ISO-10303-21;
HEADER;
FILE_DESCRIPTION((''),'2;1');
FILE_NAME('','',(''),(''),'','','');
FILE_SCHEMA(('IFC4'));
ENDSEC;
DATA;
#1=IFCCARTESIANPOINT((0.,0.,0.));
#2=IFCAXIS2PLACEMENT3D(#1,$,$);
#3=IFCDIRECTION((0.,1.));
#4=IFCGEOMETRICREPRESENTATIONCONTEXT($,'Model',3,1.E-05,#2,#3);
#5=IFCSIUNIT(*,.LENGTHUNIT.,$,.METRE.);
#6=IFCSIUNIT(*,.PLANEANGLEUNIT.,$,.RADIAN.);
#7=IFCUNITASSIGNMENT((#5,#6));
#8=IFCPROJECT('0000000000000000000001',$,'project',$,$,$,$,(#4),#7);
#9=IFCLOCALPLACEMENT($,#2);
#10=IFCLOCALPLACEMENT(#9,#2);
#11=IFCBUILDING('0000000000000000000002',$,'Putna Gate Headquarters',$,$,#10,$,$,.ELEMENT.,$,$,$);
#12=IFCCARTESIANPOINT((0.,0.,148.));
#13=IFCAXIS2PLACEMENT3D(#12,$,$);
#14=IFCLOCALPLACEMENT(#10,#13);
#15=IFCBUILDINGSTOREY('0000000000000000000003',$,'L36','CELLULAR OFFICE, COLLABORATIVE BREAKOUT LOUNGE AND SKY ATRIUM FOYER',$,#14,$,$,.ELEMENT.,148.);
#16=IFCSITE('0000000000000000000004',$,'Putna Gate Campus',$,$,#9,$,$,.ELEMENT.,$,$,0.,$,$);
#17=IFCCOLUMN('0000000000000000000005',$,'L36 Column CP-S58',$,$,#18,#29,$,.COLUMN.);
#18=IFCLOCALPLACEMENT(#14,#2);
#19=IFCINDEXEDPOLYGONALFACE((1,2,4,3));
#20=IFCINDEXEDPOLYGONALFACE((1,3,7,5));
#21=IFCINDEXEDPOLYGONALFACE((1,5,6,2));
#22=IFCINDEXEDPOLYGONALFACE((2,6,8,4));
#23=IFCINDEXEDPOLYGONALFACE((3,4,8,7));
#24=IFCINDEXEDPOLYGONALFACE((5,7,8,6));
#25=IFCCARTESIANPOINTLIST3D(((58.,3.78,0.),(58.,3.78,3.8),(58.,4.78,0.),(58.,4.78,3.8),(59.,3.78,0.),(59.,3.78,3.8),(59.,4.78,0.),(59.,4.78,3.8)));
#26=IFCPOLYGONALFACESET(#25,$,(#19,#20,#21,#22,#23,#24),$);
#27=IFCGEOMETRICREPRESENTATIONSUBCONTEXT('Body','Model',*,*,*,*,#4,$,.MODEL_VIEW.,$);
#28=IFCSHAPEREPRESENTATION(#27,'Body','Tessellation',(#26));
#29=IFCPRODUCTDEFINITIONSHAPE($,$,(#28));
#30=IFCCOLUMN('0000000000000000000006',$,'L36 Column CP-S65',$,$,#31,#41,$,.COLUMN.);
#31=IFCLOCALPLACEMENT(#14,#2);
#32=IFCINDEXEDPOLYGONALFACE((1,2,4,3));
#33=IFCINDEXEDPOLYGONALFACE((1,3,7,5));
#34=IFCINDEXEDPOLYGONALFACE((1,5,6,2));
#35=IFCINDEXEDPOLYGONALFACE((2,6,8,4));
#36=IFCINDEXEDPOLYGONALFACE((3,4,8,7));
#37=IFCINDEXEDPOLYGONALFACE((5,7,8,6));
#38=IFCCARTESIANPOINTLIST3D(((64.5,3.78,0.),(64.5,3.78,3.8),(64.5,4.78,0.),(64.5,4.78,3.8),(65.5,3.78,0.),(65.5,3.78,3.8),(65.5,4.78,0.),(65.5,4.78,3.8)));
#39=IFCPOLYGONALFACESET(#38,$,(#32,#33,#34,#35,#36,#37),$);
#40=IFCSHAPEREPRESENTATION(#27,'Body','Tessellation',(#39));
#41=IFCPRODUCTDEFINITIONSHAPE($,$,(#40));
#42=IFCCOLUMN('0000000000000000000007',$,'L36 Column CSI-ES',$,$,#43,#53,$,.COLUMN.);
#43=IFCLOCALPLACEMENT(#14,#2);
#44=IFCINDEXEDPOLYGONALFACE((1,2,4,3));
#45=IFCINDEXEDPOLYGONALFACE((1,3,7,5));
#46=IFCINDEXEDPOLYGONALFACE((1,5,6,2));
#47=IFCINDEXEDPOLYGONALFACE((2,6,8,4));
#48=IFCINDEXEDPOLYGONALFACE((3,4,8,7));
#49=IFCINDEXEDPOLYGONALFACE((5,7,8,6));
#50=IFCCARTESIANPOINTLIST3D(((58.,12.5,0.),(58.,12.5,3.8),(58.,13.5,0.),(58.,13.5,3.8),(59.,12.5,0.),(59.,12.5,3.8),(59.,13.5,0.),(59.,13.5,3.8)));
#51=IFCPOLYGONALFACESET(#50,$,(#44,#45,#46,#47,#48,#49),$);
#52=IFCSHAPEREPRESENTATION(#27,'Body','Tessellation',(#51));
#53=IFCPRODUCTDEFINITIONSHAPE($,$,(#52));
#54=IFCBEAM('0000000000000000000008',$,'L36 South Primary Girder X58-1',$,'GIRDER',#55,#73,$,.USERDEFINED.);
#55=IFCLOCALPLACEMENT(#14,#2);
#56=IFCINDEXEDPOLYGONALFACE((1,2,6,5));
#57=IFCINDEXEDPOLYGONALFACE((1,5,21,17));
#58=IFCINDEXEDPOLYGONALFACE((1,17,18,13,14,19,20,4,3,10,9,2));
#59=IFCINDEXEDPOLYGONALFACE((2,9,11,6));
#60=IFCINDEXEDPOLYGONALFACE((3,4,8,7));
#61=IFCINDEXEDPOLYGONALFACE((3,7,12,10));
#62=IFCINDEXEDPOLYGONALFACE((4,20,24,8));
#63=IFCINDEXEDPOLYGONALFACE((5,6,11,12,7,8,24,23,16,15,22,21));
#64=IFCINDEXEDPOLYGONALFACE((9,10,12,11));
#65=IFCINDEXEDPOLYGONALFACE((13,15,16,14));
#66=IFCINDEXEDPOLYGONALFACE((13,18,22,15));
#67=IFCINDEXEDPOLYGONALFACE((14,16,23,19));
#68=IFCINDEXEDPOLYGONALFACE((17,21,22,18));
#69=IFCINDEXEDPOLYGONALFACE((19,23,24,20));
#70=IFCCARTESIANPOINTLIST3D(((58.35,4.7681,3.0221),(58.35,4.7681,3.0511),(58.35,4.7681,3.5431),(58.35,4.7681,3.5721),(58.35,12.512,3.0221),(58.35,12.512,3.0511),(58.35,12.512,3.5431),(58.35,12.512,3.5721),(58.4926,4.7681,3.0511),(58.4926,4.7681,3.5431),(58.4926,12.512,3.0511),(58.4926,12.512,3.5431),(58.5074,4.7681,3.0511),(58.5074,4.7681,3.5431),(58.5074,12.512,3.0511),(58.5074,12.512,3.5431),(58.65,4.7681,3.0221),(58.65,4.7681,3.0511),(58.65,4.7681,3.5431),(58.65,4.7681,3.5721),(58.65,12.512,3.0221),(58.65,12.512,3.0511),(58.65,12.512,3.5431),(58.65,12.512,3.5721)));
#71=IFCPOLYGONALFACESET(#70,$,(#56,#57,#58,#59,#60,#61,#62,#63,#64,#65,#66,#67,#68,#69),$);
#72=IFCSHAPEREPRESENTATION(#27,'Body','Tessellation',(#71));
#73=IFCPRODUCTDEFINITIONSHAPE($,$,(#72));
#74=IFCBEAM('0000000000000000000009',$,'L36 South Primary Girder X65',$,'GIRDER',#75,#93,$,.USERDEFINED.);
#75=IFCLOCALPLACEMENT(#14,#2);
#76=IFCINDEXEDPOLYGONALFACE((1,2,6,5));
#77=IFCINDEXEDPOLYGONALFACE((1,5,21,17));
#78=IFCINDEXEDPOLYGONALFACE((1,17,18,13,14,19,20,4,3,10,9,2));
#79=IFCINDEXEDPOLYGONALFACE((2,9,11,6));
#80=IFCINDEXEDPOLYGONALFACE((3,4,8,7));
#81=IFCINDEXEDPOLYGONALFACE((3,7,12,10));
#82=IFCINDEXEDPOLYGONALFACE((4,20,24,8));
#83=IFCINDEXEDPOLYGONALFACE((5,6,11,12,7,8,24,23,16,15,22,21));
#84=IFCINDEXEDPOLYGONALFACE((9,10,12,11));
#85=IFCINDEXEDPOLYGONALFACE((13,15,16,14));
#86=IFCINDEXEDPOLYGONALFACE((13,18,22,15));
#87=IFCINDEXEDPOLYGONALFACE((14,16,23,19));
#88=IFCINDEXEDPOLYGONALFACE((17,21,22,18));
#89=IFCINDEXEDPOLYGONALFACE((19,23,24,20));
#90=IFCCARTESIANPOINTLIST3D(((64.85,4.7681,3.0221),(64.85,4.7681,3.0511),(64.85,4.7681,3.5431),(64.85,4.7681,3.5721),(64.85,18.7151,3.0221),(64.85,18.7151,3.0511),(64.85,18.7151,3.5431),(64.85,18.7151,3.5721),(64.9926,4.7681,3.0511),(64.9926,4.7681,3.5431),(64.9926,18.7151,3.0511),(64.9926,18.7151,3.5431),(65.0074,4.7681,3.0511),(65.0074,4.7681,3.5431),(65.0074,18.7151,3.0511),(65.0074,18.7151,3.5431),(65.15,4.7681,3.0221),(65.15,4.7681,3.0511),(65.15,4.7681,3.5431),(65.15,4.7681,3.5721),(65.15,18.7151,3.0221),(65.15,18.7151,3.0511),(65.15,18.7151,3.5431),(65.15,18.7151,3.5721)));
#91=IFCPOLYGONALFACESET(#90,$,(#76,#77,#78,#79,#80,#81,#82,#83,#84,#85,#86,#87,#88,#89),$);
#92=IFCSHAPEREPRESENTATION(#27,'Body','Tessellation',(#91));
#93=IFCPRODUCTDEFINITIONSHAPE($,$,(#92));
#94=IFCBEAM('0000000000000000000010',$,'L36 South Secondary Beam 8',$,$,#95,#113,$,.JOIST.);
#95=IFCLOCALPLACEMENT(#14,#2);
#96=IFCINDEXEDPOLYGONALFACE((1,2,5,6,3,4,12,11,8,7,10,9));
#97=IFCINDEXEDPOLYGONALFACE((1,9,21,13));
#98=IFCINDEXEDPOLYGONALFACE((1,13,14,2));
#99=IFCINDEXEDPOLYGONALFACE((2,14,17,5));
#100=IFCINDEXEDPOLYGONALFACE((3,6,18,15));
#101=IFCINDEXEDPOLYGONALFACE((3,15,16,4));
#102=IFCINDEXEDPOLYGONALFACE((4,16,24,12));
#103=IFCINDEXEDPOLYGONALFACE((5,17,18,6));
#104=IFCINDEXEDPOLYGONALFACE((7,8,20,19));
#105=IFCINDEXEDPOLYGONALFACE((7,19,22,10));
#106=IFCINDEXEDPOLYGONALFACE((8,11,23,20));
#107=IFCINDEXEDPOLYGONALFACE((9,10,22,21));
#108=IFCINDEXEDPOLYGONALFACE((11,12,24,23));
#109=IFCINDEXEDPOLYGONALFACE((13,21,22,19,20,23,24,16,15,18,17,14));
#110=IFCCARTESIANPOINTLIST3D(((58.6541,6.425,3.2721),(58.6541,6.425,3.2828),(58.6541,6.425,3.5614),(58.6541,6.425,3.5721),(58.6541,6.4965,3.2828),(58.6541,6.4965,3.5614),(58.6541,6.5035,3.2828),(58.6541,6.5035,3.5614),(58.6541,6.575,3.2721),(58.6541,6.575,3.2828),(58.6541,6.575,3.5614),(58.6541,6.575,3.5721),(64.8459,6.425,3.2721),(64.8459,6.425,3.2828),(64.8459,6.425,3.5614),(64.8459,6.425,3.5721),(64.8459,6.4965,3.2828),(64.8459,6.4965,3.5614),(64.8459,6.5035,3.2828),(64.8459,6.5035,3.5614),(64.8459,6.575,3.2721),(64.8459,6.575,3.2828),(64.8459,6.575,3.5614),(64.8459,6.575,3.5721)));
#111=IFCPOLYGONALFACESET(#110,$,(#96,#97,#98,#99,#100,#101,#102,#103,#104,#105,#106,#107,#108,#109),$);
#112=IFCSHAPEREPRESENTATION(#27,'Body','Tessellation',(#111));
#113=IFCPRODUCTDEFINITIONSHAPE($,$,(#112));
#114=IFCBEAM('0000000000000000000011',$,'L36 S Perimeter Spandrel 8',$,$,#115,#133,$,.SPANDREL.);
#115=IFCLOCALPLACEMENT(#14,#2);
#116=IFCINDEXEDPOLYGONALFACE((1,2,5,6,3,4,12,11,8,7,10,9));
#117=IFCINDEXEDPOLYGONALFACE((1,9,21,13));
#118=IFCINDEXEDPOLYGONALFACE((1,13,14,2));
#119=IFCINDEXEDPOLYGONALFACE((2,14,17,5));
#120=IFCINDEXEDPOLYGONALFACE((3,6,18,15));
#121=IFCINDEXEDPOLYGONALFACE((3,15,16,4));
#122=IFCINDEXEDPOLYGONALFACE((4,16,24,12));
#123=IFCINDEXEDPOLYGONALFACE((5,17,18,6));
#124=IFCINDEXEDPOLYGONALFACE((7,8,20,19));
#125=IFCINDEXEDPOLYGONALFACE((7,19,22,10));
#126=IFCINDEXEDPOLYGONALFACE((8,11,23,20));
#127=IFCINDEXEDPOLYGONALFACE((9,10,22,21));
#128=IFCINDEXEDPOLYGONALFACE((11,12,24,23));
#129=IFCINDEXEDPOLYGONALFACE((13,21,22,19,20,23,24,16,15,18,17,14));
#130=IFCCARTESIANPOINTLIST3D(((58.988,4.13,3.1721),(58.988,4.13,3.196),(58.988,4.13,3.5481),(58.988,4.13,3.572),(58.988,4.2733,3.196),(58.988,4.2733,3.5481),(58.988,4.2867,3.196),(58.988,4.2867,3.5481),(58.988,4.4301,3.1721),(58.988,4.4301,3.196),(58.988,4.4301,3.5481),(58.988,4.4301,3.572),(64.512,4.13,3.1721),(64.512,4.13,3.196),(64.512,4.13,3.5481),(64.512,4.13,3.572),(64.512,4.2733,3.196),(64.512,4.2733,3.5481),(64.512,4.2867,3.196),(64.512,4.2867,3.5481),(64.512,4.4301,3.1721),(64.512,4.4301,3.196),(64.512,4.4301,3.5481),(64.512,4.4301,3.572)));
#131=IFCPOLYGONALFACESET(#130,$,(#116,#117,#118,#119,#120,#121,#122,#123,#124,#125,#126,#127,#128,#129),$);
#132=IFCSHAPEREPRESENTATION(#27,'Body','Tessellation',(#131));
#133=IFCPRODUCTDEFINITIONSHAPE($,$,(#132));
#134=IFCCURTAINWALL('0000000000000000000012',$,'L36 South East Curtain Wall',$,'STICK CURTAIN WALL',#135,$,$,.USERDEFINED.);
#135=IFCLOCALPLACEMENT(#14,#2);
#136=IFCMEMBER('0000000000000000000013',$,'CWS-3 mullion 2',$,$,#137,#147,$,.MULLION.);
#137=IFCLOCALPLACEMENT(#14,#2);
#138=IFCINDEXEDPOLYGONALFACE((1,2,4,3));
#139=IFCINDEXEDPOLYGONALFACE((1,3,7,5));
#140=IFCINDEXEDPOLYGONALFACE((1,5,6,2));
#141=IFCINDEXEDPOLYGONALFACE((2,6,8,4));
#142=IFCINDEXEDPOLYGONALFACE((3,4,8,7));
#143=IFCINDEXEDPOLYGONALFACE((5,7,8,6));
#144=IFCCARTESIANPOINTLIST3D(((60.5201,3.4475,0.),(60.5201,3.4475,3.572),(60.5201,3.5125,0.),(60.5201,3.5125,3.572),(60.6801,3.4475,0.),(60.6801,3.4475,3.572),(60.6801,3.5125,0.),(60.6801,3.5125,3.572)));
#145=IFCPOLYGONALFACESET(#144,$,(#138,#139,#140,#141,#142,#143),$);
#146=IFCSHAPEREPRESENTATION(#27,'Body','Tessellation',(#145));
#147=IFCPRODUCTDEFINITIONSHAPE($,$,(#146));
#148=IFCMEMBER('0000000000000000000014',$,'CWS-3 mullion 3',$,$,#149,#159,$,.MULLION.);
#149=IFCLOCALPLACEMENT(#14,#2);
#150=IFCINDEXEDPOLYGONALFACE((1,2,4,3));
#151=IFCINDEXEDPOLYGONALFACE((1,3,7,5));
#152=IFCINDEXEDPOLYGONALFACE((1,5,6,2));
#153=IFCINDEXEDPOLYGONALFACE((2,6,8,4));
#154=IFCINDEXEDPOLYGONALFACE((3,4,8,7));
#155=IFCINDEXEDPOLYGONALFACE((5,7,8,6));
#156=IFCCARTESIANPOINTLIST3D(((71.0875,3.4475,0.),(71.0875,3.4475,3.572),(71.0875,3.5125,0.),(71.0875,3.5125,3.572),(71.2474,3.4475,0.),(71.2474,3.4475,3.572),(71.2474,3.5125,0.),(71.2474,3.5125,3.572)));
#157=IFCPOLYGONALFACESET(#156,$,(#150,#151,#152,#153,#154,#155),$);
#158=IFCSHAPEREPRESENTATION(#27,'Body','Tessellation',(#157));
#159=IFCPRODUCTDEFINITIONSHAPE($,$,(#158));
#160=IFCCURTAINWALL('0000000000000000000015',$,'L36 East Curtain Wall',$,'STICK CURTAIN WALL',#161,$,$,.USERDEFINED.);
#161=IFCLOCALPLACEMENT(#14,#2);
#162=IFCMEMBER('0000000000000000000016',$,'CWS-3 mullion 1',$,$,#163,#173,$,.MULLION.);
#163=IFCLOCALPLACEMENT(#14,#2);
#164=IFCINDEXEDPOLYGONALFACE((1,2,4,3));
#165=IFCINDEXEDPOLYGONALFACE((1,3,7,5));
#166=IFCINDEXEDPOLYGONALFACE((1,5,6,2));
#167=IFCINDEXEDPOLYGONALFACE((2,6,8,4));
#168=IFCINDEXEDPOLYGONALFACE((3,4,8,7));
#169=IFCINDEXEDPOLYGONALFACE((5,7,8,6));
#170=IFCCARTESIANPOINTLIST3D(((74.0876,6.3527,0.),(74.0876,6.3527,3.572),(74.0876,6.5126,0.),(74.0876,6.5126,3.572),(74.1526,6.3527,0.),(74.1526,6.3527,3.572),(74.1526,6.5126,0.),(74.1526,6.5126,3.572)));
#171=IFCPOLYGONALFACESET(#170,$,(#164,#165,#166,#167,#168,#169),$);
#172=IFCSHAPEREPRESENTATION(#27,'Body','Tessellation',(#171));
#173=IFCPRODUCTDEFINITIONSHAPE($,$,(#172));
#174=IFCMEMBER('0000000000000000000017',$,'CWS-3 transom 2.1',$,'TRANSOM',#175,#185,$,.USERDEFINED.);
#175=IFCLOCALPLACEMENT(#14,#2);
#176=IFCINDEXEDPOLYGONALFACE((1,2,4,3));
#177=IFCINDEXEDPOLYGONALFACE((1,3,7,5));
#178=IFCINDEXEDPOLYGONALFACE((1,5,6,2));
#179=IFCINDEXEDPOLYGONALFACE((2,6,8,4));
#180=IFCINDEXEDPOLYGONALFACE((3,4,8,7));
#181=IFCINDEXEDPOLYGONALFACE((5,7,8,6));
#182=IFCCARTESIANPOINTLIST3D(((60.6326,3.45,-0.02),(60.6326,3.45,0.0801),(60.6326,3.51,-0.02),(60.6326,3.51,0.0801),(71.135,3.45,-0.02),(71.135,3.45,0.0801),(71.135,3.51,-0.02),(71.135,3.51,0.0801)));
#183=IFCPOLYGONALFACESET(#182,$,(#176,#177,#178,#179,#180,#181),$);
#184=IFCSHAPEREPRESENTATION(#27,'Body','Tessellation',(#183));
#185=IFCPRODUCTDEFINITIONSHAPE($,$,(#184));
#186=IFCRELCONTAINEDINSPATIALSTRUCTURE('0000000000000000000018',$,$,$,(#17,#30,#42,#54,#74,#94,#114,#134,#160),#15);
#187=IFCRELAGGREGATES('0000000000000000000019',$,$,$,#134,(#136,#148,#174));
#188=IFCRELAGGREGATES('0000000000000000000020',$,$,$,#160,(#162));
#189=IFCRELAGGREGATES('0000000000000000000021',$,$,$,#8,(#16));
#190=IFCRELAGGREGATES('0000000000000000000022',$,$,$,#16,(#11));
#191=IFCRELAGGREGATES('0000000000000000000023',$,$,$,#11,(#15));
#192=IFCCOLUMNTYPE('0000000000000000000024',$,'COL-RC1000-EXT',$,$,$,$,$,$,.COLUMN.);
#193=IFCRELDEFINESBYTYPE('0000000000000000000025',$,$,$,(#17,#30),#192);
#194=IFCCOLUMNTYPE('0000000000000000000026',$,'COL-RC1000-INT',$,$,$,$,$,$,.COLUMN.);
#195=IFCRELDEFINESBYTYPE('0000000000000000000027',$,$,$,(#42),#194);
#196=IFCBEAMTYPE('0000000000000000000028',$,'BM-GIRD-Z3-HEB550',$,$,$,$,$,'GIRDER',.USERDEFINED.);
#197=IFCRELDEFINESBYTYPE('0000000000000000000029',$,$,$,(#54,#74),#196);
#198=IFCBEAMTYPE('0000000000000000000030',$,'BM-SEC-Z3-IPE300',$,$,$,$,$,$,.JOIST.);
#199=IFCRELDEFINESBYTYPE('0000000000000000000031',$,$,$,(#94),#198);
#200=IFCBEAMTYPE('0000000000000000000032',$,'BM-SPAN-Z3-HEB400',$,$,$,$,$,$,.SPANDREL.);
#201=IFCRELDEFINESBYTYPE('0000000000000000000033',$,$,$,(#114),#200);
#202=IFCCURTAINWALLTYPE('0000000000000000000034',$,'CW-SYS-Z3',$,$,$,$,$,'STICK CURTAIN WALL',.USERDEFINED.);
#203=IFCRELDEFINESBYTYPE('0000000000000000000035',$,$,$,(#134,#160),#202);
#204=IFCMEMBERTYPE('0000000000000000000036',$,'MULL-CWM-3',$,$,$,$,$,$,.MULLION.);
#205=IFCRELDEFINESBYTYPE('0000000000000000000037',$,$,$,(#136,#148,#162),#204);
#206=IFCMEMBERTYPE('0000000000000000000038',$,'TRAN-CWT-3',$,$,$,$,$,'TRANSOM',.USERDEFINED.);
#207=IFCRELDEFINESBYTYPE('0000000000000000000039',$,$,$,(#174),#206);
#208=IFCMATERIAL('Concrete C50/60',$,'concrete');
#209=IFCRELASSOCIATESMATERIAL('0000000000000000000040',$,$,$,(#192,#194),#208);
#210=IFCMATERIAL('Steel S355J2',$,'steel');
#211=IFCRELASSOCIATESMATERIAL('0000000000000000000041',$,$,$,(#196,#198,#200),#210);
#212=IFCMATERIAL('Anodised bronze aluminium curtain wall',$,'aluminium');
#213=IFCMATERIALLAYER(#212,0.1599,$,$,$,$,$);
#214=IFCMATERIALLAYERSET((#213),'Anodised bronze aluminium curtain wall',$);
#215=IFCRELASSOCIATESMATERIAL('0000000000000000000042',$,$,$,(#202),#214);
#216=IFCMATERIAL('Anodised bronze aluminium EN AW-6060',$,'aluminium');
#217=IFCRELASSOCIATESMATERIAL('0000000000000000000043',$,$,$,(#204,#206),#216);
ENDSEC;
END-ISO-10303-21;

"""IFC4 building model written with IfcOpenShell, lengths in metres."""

from ifc_helpers import new_model, si_unit, direction, frame, origin, origin_2d, place, context, subcontext, project, spatial, rectangle, i_section, extrude, material, layer, layer_set, material_profile, profile_set, type_object, element, aggregate, save


model = new_model("IFC4")

# Units and contexts
model_context = context("Model", 3, precision=1e-05, world=origin(), true_north=direction((0.0, 1.0)))
body_context = subcontext(model_context, "Body", "Model", "MODEL_VIEW")
ifc_project = project(units=[si_unit("LENGTHUNIT", "METRE"), si_unit("PLANEANGLEUNIT", "RADIAN")], contexts=[model_context])

# Site, building, storey
site_placement = place(None, origin())
site = spatial("IfcSite", under=ifc_project, at=site_placement, Name="Putna Gate Campus", CompositionType="ELEMENT", RefElevation=0.0)
building_placement = place(site_placement, origin())
building = spatial("IfcBuilding", under=site, at=building_placement, Name="Putna Gate Headquarters", CompositionType="ELEMENT")
storey_placement = place(building_placement, frame((0.0, 0.0, 148.0)))
storey = spatial("IfcBuildingStorey", under=building, at=storey_placement, Name="L36", Description="CELLULAR OFFICE, COLLABORATIVE BREAKOUT LOUNGE AND SKY ATRIUM FOYER", CompositionType="ELEMENT", Elevation=148.0)

# Columns
ifc_material_1 = material(Name="Concrete C50/60", Category="concrete")
ifc_material_profile_1 = material_profile(ifc_material_1, rectangle(XDim=1.0, YDim=1.0, at=origin_2d()), Name="Concrete C50/60")
ifc_profile_set_1 = profile_set([ifc_material_profile_1], Name="Concrete C50/60")
column_type_1 = type_object("IfcColumnType", Name="COL-RC1000-EXT", PredefinedType="COLUMN", material=ifc_profile_set_1)
for number, where, z_axis, x_axis, name in (
    (1, (58.5, 4.28, 0.0), (0.0, 0.0, 1.0), (1.0, 0.0, 0.0), "L36 Column CP-S58"),
    (2, (65.0, 4.28, 0.0), (0.0, 0.0, 1.0), (1.0, 0.0, 0.0), "L36 Column CP-S65"),
):
    element("IfcColumn", number, at=place(storey_placement, frame(where, z_axis=z_axis, x_axis=x_axis)), inside=storey, type_object=column_type_1, Name=name, PredefinedType="COLUMN", context=body_context, shape_type="SweptSolid", body=[
        extrude(rectangle(XDim=1.0, YDim=1.0, at=origin_2d()), origin(), (0.0, 0.0, 1.0), 3.8),
    ])
ifc_material_profile_2 = material_profile(ifc_material_1, rectangle(XDim=1.0, YDim=1.0, at=origin_2d()), Name="Concrete C50/60")
ifc_profile_set_2 = profile_set([ifc_material_profile_2], Name="Concrete C50/60")
column_type_2 = type_object("IfcColumnType", Name="COL-RC1000-INT", PredefinedType="COLUMN", material=ifc_profile_set_2)
column_placement = place(storey_placement, frame((58.5, 13.0, 0.0), z_axis=(0.0, 0.0, 1.0), x_axis=(1.0, 0.0, 0.0)))
element("IfcColumn", 3, at=column_placement, inside=storey, type_object=column_type_2, Name="L36 Column CSI-ES", PredefinedType="COLUMN", context=body_context, shape_type="SweptSolid", body=[
    extrude(rectangle(XDim=1.0, YDim=1.0, at=origin_2d()), origin(), (0.0, 0.0, 1.0), 3.8),
])

# Beams
ifc_material_2 = material(Name="Steel S355J2", Category="steel")
ifc_material_profile_3 = material_profile(ifc_material_2, i_section(OverallWidth=0.3, OverallDepth=0.55, WebThickness=0.0149, FlangeThickness=0.0291, at=origin_2d()), Name="Steel S355J2")
ifc_profile_set_3 = profile_set([ifc_material_profile_3], Name="Steel S355J2")
beam_type_1 = type_object("IfcBeamType", Name="BM-GIRD-Z3-HEB550", ElementType="GIRDER", PredefinedType="USERDEFINED", material=ifc_profile_set_3)
beam_1_placement = place(storey_placement, frame((58.5, 4.7681, 3.2971), z_axis=(0.0, 1.0, 0.0), x_axis=(-1.0, 0.0, 0.0)))
element("IfcBeam", 4, at=beam_1_placement, inside=storey, type_object=beam_type_1, Name="L36 South Primary Girder X58-1", ObjectType="GIRDER", PredefinedType="USERDEFINED", context=body_context, shape_type="SweptSolid", body=[
    extrude(i_section(OverallWidth=0.3, OverallDepth=0.55, WebThickness=0.0149, FlangeThickness=0.0291, at=origin_2d()), origin(), (0.0, 0.0, 1.0), 7.7439),
])
beam_2_placement = place(storey_placement, frame((65.0, 4.7681, 3.2971), z_axis=(0.0, 1.0, 0.0), x_axis=(-1.0, 0.0, 0.0)))
element("IfcBeam", 5, at=beam_2_placement, inside=storey, type_object=beam_type_1, Name="L36 South Primary Girder X65", ObjectType="GIRDER", PredefinedType="USERDEFINED", context=body_context, shape_type="SweptSolid", body=[
    extrude(i_section(OverallWidth=0.3, OverallDepth=0.55, WebThickness=0.0149, FlangeThickness=0.0291, at=origin_2d()), origin(), (0.0, 0.0, 1.0), 13.947),
])
ifc_material_profile_4 = material_profile(ifc_material_2, i_section(OverallWidth=0.1499, OverallDepth=0.3, WebThickness=0.0071, FlangeThickness=0.0107, at=origin_2d()), Name="Steel S355J2")
ifc_profile_set_4 = profile_set([ifc_material_profile_4], Name="Steel S355J2")
beam_type_2 = type_object("IfcBeamType", Name="BM-SEC-Z3-IPE300", PredefinedType="JOIST", material=ifc_profile_set_4)
beam_3_placement = place(storey_placement, frame((58.6541, 6.5, 3.4221), z_axis=(1.0, 0.0, 0.0), x_axis=(0.0, 1.0, 0.0)))
element("IfcBeam", 6, at=beam_3_placement, inside=storey, type_object=beam_type_2, Name="L36 South Secondary Beam 8", PredefinedType="JOIST", context=body_context, shape_type="SweptSolid", body=[
    extrude(i_section(OverallWidth=0.1499, OverallDepth=0.3, WebThickness=0.0071, FlangeThickness=0.0107, at=origin_2d()), origin(), (0.0, 0.0, 1.0), 6.1919),
])
ifc_material_profile_5 = material_profile(ifc_material_2, i_section(OverallWidth=0.3, OverallDepth=0.3999, WebThickness=0.0134, FlangeThickness=0.0239, at=origin_2d()), Name="Steel S355J2")
ifc_profile_set_5 = profile_set([ifc_material_profile_5], Name="Steel S355J2")
beam_type_3 = type_object("IfcBeamType", Name="BM-SPAN-Z3-HEB400", PredefinedType="SPANDREL", material=ifc_profile_set_5)
beam_4_placement = place(storey_placement, frame((58.988, 4.28, 3.3721), z_axis=(1.0, 0.0, 0.0), x_axis=(0.0, 1.0, 0.0)))
element("IfcBeam", 7, at=beam_4_placement, inside=storey, type_object=beam_type_3, Name="L36 S Perimeter Spandrel 8", PredefinedType="SPANDREL", context=body_context, shape_type="SweptSolid", body=[
    extrude(i_section(OverallWidth=0.3, OverallDepth=0.3999, WebThickness=0.0134, FlangeThickness=0.0239, at=origin_2d()), origin(), (0.0, 0.0, 1.0), 5.5239),
])

# Curtain wall, members
ifc_material_3 = material(Name="Anodised bronze aluminium curtain wall", Category="aluminium")
ifc_layer_1 = layer(ifc_material_3, 0.1599)
ifc_layer_set_1 = layer_set([ifc_layer_1], Name="Anodised bronze aluminium curtain wall")
curtain_wall_type = type_object("IfcCurtainWallType", Name="CW-SYS-Z3", ElementType="STICK CURTAIN WALL", PredefinedType="USERDEFINED", material=ifc_layer_set_1)
curtain_wall_1_placement = place(storey_placement, origin())
curtain_wall_1 = element("IfcCurtainWall", 8, at=curtain_wall_1_placement, inside=storey, type_object=curtain_wall_type, Name="L36 South East Curtain Wall", ObjectType="STICK CURTAIN WALL", PredefinedType="USERDEFINED")
ifc_material_4 = material(Name="Anodised bronze aluminium EN AW-6060", Category="aluminium")
ifc_material_profile_6 = material_profile(ifc_material_4, rectangle(XDim=0.0649, YDim=0.1599, at=origin_2d()), Name="Anodised bronze aluminium EN AW-6060")
ifc_profile_set_6 = profile_set([ifc_material_profile_6], Name="Anodised bronze aluminium EN AW-6060")
member_type_1 = type_object("IfcMemberType", Name="MULL-CWM-3", PredefinedType="MULLION", material=ifc_profile_set_6)
member_1_placement = place(storey_placement, frame((60.6001, 3.48, 0.0), z_axis=(0.0, 0.0, 1.0), x_axis=(0.0, 1.0, 0.0)))
member_1 = element("IfcMember", 9, at=member_1_placement, type_object=member_type_1, Name="CWS-3 mullion 2", PredefinedType="MULLION", context=body_context, shape_type="SweptSolid", body=[
    extrude(rectangle(XDim=0.0649, YDim=0.1599, at=origin_2d()), origin(), (0.0, 0.0, 1.0), 3.572),
])
member_2_placement = place(storey_placement, frame((71.1675, 3.48, 0.0), z_axis=(0.0, 0.0, 1.0), x_axis=(0.0, 1.0, 0.0)))
member_2 = element("IfcMember", 10, at=member_2_placement, type_object=member_type_1, Name="CWS-3 mullion 3", PredefinedType="MULLION", context=body_context, shape_type="SweptSolid", body=[
    extrude(rectangle(XDim=0.0649, YDim=0.1599, at=origin_2d()), origin(), (0.0, 0.0, 1.0), 3.572),
])

# Curtain wall, member
curtain_wall_2_placement = place(storey_placement, origin())
curtain_wall_2 = element("IfcCurtainWall", 11, at=curtain_wall_2_placement, inside=storey, type_object=curtain_wall_type, Name="L36 East Curtain Wall", ObjectType="STICK CURTAIN WALL", PredefinedType="USERDEFINED")
member_3_placement = place(storey_placement, frame((74.1201, 6.4326, 0.0), z_axis=(0.0, 0.0, 1.0), x_axis=(-1.0, 0.0, 0.0)))
member_3 = element("IfcMember", 12, at=member_3_placement, type_object=member_type_1, Name="CWS-3 mullion 1", PredefinedType="MULLION", context=body_context, shape_type="SweptSolid", body=[
    extrude(rectangle(XDim=0.0649, YDim=0.1599, at=origin_2d()), origin(), (0.0, 0.0, 1.0), 3.572),
])

# Member
ifc_material_profile_7 = material_profile(ifc_material_4, rectangle(XDim=0.0601, YDim=0.1001, at=origin_2d()), Name="Anodised bronze aluminium EN AW-6060")
ifc_profile_set_7 = profile_set([ifc_material_profile_7], Name="Anodised bronze aluminium EN AW-6060")
member_type_2 = type_object("IfcMemberType", Name="TRAN-CWT-3", ElementType="TRANSOM", PredefinedType="USERDEFINED", material=ifc_profile_set_7)
member_4_placement = place(storey_placement, frame((60.6326, 3.48, 0.03), z_axis=(1.0, 0.0, 0.0), x_axis=(0.0, 1.0, 0.0)))
member_4 = element("IfcMember", 13, at=member_4_placement, type_object=member_type_2, Name="CWS-3 transom 2.1", ObjectType="TRANSOM", PredefinedType="USERDEFINED", context=body_context, shape_type="SweptSolid", body=[
    extrude(rectangle(XDim=0.0601, YDim=0.1001, at=origin_2d()), origin(), (0.0, 0.0, 1.0), 10.5024),
])

aggregate(curtain_wall_1, [member_1, member_2, member_4])
aggregate(curtain_wall_2, [member_3])

save(model, "model.ifc")
